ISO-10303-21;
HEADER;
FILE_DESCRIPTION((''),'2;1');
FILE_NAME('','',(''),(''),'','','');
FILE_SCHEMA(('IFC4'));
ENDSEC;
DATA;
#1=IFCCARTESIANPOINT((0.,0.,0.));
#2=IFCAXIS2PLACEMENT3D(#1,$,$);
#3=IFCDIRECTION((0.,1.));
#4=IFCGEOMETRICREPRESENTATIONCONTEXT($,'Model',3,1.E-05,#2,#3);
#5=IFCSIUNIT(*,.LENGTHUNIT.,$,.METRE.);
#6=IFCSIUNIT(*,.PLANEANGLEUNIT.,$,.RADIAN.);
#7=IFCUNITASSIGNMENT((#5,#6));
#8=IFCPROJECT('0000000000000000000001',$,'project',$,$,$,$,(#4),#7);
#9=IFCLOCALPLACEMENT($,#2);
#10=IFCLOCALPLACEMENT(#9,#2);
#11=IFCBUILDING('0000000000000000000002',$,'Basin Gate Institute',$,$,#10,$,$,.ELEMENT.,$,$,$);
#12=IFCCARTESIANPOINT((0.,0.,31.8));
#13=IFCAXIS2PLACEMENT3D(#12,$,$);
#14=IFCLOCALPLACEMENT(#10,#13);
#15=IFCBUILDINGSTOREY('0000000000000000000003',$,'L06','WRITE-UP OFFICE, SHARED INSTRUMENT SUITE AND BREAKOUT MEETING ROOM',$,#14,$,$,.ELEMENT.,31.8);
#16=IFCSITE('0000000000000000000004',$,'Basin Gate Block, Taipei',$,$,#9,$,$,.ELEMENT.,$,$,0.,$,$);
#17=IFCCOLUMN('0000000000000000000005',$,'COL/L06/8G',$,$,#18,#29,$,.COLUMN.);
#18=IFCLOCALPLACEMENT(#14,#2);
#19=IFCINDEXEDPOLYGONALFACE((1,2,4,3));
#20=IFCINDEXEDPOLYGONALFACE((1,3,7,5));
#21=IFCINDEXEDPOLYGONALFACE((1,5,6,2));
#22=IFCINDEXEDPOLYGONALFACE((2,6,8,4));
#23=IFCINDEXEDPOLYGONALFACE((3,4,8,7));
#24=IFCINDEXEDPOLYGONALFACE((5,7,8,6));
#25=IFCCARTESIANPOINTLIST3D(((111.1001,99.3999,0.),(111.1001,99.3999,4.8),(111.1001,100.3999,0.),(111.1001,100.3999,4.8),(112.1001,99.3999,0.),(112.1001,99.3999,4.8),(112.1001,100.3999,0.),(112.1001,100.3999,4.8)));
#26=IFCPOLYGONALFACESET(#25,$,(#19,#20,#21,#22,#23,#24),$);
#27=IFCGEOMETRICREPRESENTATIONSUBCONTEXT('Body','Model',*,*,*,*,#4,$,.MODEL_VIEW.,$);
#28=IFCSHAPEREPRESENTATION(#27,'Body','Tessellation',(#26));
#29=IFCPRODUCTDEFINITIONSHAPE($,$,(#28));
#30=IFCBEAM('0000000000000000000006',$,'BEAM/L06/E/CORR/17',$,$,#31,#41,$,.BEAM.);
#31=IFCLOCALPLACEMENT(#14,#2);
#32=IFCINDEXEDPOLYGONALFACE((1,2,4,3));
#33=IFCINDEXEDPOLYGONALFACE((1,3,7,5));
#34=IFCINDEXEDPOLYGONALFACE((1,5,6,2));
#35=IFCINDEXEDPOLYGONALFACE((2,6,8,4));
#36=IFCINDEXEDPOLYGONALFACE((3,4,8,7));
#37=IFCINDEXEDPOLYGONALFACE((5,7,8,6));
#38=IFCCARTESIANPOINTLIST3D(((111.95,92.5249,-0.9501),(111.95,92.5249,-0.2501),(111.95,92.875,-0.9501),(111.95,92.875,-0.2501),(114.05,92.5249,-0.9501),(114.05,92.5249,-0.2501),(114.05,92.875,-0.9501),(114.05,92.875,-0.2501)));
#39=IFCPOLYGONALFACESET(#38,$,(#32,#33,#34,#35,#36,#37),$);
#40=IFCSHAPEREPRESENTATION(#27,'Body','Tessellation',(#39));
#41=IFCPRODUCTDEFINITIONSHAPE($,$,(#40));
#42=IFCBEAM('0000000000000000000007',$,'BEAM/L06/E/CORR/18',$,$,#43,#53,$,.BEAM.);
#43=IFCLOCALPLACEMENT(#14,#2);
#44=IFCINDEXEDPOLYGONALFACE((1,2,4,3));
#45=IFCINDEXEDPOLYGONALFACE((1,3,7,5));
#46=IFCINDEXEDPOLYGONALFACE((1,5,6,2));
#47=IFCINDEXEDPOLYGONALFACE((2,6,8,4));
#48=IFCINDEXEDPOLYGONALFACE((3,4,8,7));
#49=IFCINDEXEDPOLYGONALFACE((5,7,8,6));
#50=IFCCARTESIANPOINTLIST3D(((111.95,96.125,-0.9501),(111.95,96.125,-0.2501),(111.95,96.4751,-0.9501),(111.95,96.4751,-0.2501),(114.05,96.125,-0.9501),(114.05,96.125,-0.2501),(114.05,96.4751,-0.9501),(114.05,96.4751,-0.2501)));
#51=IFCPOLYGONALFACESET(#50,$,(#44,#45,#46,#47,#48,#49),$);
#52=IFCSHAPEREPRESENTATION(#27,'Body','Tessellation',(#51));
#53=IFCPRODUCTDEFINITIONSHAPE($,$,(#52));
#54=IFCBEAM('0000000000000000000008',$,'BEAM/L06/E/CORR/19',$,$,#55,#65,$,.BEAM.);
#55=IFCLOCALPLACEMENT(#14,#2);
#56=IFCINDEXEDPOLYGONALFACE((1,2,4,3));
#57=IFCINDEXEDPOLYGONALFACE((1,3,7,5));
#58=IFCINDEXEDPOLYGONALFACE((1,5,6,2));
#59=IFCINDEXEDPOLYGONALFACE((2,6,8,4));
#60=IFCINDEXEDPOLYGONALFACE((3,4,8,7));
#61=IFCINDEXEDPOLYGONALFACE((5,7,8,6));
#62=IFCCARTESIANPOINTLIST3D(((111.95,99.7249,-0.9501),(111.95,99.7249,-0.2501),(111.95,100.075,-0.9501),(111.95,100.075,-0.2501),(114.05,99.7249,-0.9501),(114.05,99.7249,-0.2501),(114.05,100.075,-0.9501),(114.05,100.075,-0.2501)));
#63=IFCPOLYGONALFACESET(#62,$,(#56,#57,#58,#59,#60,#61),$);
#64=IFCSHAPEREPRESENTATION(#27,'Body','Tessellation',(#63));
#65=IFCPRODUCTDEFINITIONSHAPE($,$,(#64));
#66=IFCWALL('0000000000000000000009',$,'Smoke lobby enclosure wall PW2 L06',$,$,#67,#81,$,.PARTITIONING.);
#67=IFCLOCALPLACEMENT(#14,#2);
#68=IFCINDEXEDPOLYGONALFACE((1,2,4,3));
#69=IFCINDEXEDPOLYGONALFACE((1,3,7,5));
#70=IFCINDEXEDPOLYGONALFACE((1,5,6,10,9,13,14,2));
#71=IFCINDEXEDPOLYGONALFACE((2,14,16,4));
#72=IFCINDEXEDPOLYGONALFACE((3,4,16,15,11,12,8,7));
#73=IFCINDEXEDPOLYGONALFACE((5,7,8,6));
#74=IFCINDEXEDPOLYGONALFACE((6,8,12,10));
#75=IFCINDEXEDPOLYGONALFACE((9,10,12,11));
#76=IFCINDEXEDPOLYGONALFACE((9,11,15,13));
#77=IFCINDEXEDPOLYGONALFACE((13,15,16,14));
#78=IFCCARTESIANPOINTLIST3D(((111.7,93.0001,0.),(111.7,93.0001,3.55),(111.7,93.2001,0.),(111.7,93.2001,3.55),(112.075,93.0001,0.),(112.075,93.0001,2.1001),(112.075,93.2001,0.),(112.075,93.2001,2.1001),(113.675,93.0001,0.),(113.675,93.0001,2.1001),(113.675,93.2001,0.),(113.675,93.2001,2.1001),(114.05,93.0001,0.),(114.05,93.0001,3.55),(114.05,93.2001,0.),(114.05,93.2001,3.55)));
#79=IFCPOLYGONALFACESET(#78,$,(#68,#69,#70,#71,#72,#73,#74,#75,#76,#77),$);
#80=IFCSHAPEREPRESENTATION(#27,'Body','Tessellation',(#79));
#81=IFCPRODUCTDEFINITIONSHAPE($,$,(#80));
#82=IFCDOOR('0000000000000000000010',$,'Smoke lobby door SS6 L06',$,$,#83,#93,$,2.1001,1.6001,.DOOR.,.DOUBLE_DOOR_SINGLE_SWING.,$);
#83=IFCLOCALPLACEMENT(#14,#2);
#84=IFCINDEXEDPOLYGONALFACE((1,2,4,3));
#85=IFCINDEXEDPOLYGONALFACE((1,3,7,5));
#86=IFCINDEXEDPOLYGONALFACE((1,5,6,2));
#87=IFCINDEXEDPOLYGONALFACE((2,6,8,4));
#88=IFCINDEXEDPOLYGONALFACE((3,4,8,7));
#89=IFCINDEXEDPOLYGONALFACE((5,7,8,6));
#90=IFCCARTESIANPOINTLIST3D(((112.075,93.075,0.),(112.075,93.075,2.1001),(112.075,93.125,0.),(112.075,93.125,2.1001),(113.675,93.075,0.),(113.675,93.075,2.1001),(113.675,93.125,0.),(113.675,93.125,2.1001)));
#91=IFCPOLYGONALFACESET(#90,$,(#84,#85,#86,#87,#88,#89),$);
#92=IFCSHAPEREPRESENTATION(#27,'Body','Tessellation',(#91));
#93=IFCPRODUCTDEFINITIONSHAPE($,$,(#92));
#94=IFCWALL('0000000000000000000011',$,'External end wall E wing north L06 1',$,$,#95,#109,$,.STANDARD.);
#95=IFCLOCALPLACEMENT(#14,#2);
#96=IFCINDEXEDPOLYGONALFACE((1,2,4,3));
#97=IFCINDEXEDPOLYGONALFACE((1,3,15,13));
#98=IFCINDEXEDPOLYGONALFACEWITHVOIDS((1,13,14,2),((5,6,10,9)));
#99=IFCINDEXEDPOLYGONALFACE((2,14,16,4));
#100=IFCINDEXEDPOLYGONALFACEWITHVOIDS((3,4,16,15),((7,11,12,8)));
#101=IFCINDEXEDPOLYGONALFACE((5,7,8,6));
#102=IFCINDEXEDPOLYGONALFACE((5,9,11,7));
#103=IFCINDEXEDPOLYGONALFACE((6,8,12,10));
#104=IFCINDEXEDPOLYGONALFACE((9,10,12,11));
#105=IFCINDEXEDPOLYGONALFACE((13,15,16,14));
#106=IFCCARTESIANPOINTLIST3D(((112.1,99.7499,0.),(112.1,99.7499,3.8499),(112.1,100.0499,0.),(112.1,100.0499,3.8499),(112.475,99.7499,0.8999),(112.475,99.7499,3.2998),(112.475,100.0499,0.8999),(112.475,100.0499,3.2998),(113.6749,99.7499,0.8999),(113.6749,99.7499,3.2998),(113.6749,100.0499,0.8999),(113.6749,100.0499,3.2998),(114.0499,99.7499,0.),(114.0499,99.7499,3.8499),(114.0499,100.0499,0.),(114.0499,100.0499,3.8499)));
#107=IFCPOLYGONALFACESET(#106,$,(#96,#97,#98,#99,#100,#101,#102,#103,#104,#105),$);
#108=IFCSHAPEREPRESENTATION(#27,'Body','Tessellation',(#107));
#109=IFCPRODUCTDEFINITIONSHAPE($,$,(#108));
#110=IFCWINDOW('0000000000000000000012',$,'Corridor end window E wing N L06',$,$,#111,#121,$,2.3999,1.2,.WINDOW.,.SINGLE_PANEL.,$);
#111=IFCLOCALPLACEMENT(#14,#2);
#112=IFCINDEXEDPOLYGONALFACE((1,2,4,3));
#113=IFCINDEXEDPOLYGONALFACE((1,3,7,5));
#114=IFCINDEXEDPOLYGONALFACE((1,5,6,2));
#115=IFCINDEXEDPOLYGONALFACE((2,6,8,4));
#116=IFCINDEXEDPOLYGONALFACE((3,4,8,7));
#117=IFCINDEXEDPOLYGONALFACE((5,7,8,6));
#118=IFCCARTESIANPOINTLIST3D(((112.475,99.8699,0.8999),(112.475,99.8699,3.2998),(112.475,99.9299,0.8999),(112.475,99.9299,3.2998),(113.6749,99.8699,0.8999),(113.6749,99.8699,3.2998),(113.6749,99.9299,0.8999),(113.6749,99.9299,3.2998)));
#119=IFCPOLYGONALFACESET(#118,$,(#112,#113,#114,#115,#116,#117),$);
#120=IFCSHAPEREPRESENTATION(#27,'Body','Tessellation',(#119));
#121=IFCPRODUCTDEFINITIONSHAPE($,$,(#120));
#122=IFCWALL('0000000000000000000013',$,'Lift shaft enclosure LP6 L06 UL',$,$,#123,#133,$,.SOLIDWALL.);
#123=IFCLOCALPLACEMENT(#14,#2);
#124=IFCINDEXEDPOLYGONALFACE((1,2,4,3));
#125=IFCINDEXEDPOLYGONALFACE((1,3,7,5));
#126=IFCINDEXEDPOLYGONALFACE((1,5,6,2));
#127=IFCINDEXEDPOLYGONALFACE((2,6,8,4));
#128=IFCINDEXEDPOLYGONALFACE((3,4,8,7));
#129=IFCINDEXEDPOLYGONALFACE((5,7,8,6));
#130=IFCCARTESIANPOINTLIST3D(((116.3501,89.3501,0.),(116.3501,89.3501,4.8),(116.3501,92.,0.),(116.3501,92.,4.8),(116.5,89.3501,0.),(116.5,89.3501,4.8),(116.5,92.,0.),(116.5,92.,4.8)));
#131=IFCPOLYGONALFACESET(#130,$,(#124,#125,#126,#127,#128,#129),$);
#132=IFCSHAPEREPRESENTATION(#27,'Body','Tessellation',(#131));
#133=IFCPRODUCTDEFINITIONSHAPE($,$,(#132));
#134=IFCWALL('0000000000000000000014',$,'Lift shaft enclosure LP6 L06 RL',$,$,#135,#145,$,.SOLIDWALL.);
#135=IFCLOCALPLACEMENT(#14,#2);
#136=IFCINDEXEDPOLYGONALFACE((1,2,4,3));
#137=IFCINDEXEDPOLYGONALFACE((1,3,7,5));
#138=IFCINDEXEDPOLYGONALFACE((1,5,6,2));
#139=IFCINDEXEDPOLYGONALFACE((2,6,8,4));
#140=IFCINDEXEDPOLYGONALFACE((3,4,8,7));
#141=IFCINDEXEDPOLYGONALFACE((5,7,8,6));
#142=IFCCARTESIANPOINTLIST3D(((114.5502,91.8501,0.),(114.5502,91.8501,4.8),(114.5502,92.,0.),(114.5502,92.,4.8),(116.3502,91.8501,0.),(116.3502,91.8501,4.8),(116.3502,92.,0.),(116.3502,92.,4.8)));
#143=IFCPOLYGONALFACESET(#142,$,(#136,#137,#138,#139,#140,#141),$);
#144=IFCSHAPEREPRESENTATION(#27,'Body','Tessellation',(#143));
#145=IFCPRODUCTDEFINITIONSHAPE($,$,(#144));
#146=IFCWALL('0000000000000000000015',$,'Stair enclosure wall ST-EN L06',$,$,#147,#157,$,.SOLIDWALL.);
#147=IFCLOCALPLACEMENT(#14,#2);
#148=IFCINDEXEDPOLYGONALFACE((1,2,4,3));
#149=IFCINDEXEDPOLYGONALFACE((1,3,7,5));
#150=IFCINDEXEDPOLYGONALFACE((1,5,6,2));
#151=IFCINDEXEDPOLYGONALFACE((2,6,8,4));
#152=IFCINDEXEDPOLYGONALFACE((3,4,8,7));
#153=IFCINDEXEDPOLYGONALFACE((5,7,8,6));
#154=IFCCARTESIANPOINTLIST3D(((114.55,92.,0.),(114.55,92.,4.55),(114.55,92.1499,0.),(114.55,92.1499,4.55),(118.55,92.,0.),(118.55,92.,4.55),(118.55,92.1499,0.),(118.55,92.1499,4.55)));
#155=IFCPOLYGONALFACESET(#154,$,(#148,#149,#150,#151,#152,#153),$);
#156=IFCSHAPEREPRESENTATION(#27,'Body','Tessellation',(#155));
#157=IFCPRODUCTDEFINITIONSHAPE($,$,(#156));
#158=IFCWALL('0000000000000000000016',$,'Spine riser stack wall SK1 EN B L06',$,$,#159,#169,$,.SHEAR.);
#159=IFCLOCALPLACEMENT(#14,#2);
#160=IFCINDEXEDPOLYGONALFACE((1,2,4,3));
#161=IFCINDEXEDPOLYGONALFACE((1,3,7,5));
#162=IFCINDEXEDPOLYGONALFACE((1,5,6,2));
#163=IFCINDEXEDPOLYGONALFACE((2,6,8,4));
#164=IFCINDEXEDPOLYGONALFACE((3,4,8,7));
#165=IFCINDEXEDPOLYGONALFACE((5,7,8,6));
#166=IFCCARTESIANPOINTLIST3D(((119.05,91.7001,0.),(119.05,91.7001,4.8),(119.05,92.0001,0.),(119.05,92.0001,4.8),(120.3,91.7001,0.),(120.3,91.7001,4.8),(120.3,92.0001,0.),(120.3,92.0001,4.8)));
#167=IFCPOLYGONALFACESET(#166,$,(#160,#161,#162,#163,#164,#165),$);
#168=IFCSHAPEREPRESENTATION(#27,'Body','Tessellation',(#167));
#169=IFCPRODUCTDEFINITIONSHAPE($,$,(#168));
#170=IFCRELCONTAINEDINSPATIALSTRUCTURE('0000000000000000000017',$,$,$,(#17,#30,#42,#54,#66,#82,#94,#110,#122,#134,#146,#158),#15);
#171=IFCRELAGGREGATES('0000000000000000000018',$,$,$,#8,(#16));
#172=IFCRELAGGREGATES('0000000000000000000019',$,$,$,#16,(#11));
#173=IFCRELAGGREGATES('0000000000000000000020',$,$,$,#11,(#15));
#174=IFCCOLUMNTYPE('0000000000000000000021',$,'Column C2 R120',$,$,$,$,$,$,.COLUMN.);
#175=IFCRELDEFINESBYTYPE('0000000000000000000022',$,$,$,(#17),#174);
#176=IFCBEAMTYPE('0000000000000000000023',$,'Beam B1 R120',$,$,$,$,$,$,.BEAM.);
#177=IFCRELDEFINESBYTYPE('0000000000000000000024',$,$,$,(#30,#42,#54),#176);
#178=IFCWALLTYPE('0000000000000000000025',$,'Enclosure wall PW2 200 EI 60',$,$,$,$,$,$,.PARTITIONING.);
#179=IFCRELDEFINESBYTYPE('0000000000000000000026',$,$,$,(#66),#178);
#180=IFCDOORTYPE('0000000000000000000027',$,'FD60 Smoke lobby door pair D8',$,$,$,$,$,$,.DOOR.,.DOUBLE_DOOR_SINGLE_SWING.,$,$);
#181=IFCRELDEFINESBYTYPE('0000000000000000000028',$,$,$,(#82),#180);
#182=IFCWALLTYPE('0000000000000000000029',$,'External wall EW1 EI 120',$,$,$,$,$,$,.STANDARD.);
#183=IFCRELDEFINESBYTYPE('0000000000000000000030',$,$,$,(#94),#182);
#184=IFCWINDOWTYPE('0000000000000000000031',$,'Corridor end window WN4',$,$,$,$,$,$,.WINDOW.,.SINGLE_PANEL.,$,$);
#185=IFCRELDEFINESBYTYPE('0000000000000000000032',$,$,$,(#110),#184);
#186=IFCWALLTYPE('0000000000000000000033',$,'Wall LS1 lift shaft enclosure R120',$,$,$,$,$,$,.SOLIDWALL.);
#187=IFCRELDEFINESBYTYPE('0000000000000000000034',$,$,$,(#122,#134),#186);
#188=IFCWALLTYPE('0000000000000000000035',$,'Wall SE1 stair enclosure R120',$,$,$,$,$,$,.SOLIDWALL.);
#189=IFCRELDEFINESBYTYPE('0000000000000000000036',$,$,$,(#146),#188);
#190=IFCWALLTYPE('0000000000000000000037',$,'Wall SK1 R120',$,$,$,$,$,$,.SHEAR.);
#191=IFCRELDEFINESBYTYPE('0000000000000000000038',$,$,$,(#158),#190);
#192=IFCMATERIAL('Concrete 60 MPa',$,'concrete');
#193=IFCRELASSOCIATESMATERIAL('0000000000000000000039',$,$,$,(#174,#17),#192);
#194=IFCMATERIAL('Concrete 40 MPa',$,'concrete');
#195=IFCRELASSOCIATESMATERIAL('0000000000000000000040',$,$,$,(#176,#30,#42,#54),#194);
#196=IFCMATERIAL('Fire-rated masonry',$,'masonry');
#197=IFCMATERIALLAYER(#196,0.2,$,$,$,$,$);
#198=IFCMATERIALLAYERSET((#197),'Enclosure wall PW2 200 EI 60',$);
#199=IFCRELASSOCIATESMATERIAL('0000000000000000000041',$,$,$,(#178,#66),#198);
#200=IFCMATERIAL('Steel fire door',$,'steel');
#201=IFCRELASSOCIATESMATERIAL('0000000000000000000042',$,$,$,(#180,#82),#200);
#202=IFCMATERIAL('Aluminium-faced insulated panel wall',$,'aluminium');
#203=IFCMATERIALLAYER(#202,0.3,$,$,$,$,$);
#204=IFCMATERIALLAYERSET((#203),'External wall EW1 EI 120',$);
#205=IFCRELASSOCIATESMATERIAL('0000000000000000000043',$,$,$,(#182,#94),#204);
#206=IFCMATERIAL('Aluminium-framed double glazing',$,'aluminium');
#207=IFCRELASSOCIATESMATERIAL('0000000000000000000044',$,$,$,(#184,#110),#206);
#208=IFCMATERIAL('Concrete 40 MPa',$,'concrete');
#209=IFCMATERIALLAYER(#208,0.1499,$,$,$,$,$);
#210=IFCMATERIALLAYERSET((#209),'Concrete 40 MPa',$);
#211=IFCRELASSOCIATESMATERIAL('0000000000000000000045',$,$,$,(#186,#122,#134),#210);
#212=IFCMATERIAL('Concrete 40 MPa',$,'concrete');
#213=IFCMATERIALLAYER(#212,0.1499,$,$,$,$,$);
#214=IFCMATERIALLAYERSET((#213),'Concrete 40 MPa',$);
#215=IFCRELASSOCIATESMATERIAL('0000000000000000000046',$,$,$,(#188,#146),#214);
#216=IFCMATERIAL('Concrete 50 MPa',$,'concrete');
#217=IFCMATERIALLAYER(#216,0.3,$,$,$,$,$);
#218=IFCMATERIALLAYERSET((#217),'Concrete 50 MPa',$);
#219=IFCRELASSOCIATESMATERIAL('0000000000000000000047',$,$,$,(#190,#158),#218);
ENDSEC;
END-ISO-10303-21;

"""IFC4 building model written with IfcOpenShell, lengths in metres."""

from ifc_helpers import new_model, si_unit, direction, frame, frame_2d, origin, origin_2d, place, context, subcontext, project, spatial, rectangle, extrude, material, layer, layer_set, material_profile, profile_set, type_object, element, fill, save


model = new_model("IFC4")

# Units and contexts
model_context = context("Model", 3, precision=1e-05, world=origin(), true_north=direction((0.0, 1.0)))
body_context = subcontext(model_context, "Body", "Model", "MODEL_VIEW")
ifc_project = project(units=[si_unit("LENGTHUNIT", "METRE"), si_unit("PLANEANGLEUNIT", "RADIAN")], contexts=[model_context])

# Site, building, storey
site_placement = place(None, origin())
site = spatial("IfcSite", under=ifc_project, at=site_placement, Name="Basin Gate Block, Taipei", CompositionType="ELEMENT", RefElevation=0.0)
building_placement = place(site_placement, origin())
building = spatial("IfcBuilding", under=site, at=building_placement, Name="Basin Gate Institute", CompositionType="ELEMENT")
storey_placement = place(building_placement, frame((0.0, 0.0, 31.8)))
storey = spatial("IfcBuildingStorey", under=building, at=storey_placement, Name="L06", Description="WRITE-UP OFFICE, SHARED INSTRUMENT SUITE AND BREAKOUT MEETING ROOM", CompositionType="ELEMENT", Elevation=31.8)

# Column
ifc_material_1 = material(Name="Concrete 60 MPa", Category="concrete")
ifc_material_profile_1 = material_profile(ifc_material_1, rectangle(XDim=1.0, YDim=1.0, at=origin_2d()), Name="Column C2 1000 x 1000")
ifc_profile_set_1 = profile_set([ifc_material_profile_1], Name="Concrete 60 MPa")
column_type = type_object("IfcColumnType", Name="Column C2 R120", PredefinedType="COLUMN", material=ifc_profile_set_1)
column_placement = place(storey_placement, frame((111.6001, 99.8999, 0.0), z_axis=(0.0, 0.0, 1.0), x_axis=(1.0, 0.0, 0.0)))
element("IfcColumn", 1, at=column_placement, inside=storey, type_object=column_type, material=ifc_profile_set_1, Name="COL/L06/8G", PredefinedType="COLUMN", context=body_context, shape_type="SweptSolid", body=[
    extrude(rectangle(XDim=1.0, YDim=1.0, at=origin_2d()), origin(), (0.0, 0.0, 1.0), 4.8),
])

# Beams
ifc_material_2 = material(Name="Concrete 40 MPa", Category="concrete")
ifc_material_profile_2 = material_profile(ifc_material_2, rectangle(XDim=0.3501, YDim=0.7, at=origin_2d()), Name="Beam B1 350 x 700")
ifc_profile_set_2 = profile_set([ifc_material_profile_2], Name="Concrete 40 MPa")
beam_type = type_object("IfcBeamType", Name="Beam B1 R120", PredefinedType="BEAM", material=ifc_profile_set_2)
for number, where, z_axis, x_axis, name in (
    (2, (114.05, 92.7, -0.6001), (-1.0, 0.0, 0.0), (0.0, -1.0, 0.0), "BEAM/L06/E/CORR/17"),
    (3, (114.05, 96.3, -0.6001), (-1.0, 0.0, 0.0), (0.0, -1.0, 0.0), "BEAM/L06/E/CORR/18"),
    (4, (114.05, 99.8999, -0.6001), (-1.0, 0.0, 0.0), (0.0, -1.0, 0.0), "BEAM/L06/E/CORR/19"),
):
    element("IfcBeam", number, at=place(storey_placement, frame(where, z_axis=z_axis, x_axis=x_axis)), inside=storey, type_object=beam_type, material=ifc_profile_set_2, Name=name, PredefinedType="BEAM", context=body_context, shape_type="SweptSolid", body=[
        extrude(rectangle(XDim=0.3501, YDim=0.7, at=origin_2d()), origin(), (0.0, 0.0, 1.0), 2.1001),
    ])

# Wall, opening, door
ifc_material_3 = material(Name="Fire-rated masonry", Category="masonry")
ifc_layer_1 = layer(ifc_material_3, 0.2)
ifc_layer_set_1 = layer_set([ifc_layer_1], Name="Enclosure wall PW2 200 EI 60")
wall_type_1 = type_object("IfcWallType", Name="Enclosure wall PW2 200 EI 60", PredefinedType="PARTITIONING", material=ifc_layer_set_1)
wall_1_placement = place(storey_placement, frame((114.05, 93.1001, 0.0), z_axis=(0.0, 0.0, 1.0), x_axis=(-1.0, 0.0, 0.0)))
wall_1 = element("IfcWall", 5, at=wall_1_placement, inside=storey, type_object=wall_type_1, material=ifc_layer_set_1, Name="Smoke lobby enclosure wall PW2 L06", PredefinedType="PARTITIONING", context=body_context, shape_type="SweptSolid", body=[
    extrude(rectangle(XDim=2.3501, YDim=0.2, at=frame_2d((1.175, 0.0))), origin(), (0.0, 0.0, 1.0), 3.55),
])
opening_1_placement = place(wall_1_placement, frame((0.375, 0.0, 0.0)))
opening_1 = element("IfcOpeningElement", 6, at=opening_1_placement, cuts=wall_1, PredefinedType="OPENING", context=body_context, shape_type="SweptSolid", body=[
    extrude(rectangle(XDim=1.6001, YDim=2.1001, at=frame_2d((0.8, 1.05))), frame((0.0, 0.1099, 0.0), z_axis=(0.0, -1.0, 0.0), x_axis=(1.0, 0.0, 0.0)), (0.0, 0.0, 1.0), 0.22),
])
ifc_material_4 = material(Name="Steel fire door", Category="steel")
door_type = type_object("IfcDoorType", Name="FD60 Smoke lobby door pair D8", OperationType="DOUBLE_DOOR_SINGLE_SWING", PredefinedType="DOOR", material=ifc_material_4)
door_placement = place(opening_1_placement, frame((1.6001, 0.0, 0.0), z_axis=(0.0, 0.0, 1.0), x_axis=(-1.0, 0.0, 0.0)))
door = element("IfcDoor", 7, at=door_placement, inside=storey, type_object=door_type, material=ifc_material_4, Name="Smoke lobby door SS6 L06", OperationType="DOUBLE_DOOR_SINGLE_SWING", OverallHeight=2.1001, OverallWidth=1.6001, PredefinedType="DOOR", context=body_context, shape_type="SweptSolid", body=[
    extrude(rectangle(XDim=1.6001, YDim=2.1001, at=frame_2d((0.8, 1.05))), frame((0.0, 0.0249, 0.0), z_axis=(0.0, -1.0, 0.0), x_axis=(1.0, 0.0, 0.0)), (0.0, 0.0, 1.0), 0.05),
])
fill(opening_1, door)

# Wall, opening, window
ifc_material_5 = material(Name="Aluminium-faced insulated panel wall", Category="aluminium")
ifc_layer_2 = layer(ifc_material_5, 0.3)
ifc_layer_set_2 = layer_set([ifc_layer_2], Name="External wall EW1 EI 120")
wall_type_2 = type_object("IfcWallType", Name="External wall EW1 EI 120", PredefinedType="STANDARD", material=ifc_layer_set_2)
wall_2_placement = place(storey_placement, frame((114.05, 99.8999, 0.0), z_axis=(0.0, 0.0, 1.0), x_axis=(-1.0, 0.0, 0.0)))
wall_2 = element("IfcWall", 8, at=wall_2_placement, inside=storey, type_object=wall_type_2, material=ifc_layer_set_2, Name="External end wall E wing north L06 1", PredefinedType="STANDARD", context=body_context, shape_type="SweptSolid", body=[
    extrude(rectangle(XDim=1.95, YDim=0.3, at=frame_2d((0.9751, 0.0))), origin(), (0.0, 0.0, 1.0), 3.8499),
])
opening_2_placement = place(wall_2_placement, frame((0.375, 0.0, 0.8999)))
opening_2 = element("IfcOpeningElement", 9, at=opening_2_placement, cuts=wall_2, PredefinedType="OPENING", context=body_context, shape_type="SweptSolid", body=[
    extrude(rectangle(XDim=1.2, YDim=2.3999, at=frame_2d((0.6001, 1.2))), frame((0.0, 0.1602, 0.0), z_axis=(0.0, -1.0, 0.0), x_axis=(1.0, 0.0, 0.0)), (0.0, 0.0, 1.0), 0.3201),
])
ifc_material_6 = material(Name="Aluminium-framed double glazing", Category="aluminium")
window_type_1 = type_object("IfcWindowType", Name="Corridor end window WN4", PartitioningType="SINGLE_PANEL", PredefinedType="WINDOW", material=ifc_material_6)
window_1_placement = place(opening_2_placement, origin())
window_1 = element("IfcWindow", 10, at=window_1_placement, inside=storey, type_object=window_type_1, material=ifc_material_6, Name="Corridor end window E wing N L06", OverallHeight=2.3999, OverallWidth=1.2, PartitioningType="SINGLE_PANEL", PredefinedType="WINDOW", context=body_context, shape_type="SweptSolid", body=[
    extrude(rectangle(XDim=1.2, YDim=2.3999, at=frame_2d((0.6001, 1.2))), frame((0.0, 0.03, 0.0), z_axis=(0.0, -1.0, 0.0), x_axis=(1.0, 0.0, 0.0)), (0.0, 0.0, 1.0), 0.0601),
])
fill(opening_2, window_1)

# Walls
ifc_material_7 = material(Name="Concrete 40 MPa", Category="concrete")
ifc_layer_3 = layer(ifc_material_7, 0.1499)
ifc_layer_set_3 = layer_set([ifc_layer_3], Name="Concrete 40 MPa")
wall_type_3 = type_object("IfcWallType", Name="Wall LS1 lift shaft enclosure R120", PredefinedType="SOLIDWALL", material=ifc_layer_set_3)
wall_3_placement = place(storey_placement, frame((116.425, 92.0, 0.0), z_axis=(0.0, 0.0, 1.0), x_axis=(0.0, -1.0, 0.0)))
element("IfcWall", 11, at=wall_3_placement, inside=storey, type_object=wall_type_3, material=ifc_layer_set_3, Name="Lift shaft enclosure LP6 L06 UL", PredefinedType="SOLIDWALL", context=body_context, shape_type="SweptSolid", body=[
    extrude(rectangle(XDim=2.6499, YDim=0.1499, at=frame_2d((1.325, 0.0))), origin(), (0.0, 0.0, 1.0), 4.8),
])
wall_4_placement = place(storey_placement, frame((116.3501, 91.925, 0.0), z_axis=(0.0, 0.0, 1.0), x_axis=(-1.0, 0.0, 0.0)))
element("IfcWall", 12, at=wall_4_placement, inside=storey, type_object=wall_type_3, material=ifc_layer_set_3, Name="Lift shaft enclosure LP6 L06 RL", PredefinedType="SOLIDWALL", context=body_context, shape_type="SweptSolid", body=[
    extrude(rectangle(XDim=1.8, YDim=0.1499, at=frame_2d((0.8999, 0.0))), origin(), (0.0, 0.0, 1.0), 4.8),
])
ifc_material_8 = material(Name="Concrete 40 MPa", Category="concrete")
ifc_layer_4 = layer(ifc_material_8, 0.1499)
ifc_layer_set_4 = layer_set([ifc_layer_4], Name="Concrete 40 MPa")
wall_type_4 = type_object("IfcWallType", Name="Wall SE1 stair enclosure R120", PredefinedType="SOLIDWALL", material=ifc_layer_set_4)
wall_5_placement = place(storey_placement, frame((118.55, 92.075, 0.0), z_axis=(0.0, 0.0, 1.0), x_axis=(-1.0, 0.0, 0.0)))
element("IfcWall", 13, at=wall_5_placement, inside=storey, type_object=wall_type_4, material=ifc_layer_set_4, Name="Stair enclosure wall ST-EN L06", PredefinedType="SOLIDWALL", context=body_context, shape_type="SweptSolid", body=[
    extrude(rectangle(XDim=4.0, YDim=0.1499, at=frame_2d((2.0, 0.0))), origin(), (0.0, 0.0, 1.0), 4.55),
])
ifc_material_9 = material(Name="Concrete 50 MPa", Category="concrete")
ifc_layer_5 = layer(ifc_material_9, 0.3)
ifc_layer_set_5 = layer_set([ifc_layer_5], Name="Concrete 50 MPa")
wall_type_5 = type_object("IfcWallType", Name="Wall SK1 R120", PredefinedType="SHEAR", material=ifc_layer_set_5)
wall_6_placement = place(storey_placement, frame((119.05, 91.8501, 0.0), z_axis=(0.0, 0.0, 1.0), x_axis=(1.0, 0.0, 0.0)))
element("IfcWall", 14, at=wall_6_placement, inside=storey, type_object=wall_type_5, material=ifc_layer_set_5, Name="Spine riser stack wall SK1 EN B L06", PredefinedType="SHEAR", context=body_context, shape_type="SweptSolid", body=[
    extrude(rectangle(XDim=1.25, YDim=0.3, at=frame_2d((0.625, 0.0))), origin(), (0.0, 0.0, 1.0), 4.8),
])

save(model, "model.ifc")
